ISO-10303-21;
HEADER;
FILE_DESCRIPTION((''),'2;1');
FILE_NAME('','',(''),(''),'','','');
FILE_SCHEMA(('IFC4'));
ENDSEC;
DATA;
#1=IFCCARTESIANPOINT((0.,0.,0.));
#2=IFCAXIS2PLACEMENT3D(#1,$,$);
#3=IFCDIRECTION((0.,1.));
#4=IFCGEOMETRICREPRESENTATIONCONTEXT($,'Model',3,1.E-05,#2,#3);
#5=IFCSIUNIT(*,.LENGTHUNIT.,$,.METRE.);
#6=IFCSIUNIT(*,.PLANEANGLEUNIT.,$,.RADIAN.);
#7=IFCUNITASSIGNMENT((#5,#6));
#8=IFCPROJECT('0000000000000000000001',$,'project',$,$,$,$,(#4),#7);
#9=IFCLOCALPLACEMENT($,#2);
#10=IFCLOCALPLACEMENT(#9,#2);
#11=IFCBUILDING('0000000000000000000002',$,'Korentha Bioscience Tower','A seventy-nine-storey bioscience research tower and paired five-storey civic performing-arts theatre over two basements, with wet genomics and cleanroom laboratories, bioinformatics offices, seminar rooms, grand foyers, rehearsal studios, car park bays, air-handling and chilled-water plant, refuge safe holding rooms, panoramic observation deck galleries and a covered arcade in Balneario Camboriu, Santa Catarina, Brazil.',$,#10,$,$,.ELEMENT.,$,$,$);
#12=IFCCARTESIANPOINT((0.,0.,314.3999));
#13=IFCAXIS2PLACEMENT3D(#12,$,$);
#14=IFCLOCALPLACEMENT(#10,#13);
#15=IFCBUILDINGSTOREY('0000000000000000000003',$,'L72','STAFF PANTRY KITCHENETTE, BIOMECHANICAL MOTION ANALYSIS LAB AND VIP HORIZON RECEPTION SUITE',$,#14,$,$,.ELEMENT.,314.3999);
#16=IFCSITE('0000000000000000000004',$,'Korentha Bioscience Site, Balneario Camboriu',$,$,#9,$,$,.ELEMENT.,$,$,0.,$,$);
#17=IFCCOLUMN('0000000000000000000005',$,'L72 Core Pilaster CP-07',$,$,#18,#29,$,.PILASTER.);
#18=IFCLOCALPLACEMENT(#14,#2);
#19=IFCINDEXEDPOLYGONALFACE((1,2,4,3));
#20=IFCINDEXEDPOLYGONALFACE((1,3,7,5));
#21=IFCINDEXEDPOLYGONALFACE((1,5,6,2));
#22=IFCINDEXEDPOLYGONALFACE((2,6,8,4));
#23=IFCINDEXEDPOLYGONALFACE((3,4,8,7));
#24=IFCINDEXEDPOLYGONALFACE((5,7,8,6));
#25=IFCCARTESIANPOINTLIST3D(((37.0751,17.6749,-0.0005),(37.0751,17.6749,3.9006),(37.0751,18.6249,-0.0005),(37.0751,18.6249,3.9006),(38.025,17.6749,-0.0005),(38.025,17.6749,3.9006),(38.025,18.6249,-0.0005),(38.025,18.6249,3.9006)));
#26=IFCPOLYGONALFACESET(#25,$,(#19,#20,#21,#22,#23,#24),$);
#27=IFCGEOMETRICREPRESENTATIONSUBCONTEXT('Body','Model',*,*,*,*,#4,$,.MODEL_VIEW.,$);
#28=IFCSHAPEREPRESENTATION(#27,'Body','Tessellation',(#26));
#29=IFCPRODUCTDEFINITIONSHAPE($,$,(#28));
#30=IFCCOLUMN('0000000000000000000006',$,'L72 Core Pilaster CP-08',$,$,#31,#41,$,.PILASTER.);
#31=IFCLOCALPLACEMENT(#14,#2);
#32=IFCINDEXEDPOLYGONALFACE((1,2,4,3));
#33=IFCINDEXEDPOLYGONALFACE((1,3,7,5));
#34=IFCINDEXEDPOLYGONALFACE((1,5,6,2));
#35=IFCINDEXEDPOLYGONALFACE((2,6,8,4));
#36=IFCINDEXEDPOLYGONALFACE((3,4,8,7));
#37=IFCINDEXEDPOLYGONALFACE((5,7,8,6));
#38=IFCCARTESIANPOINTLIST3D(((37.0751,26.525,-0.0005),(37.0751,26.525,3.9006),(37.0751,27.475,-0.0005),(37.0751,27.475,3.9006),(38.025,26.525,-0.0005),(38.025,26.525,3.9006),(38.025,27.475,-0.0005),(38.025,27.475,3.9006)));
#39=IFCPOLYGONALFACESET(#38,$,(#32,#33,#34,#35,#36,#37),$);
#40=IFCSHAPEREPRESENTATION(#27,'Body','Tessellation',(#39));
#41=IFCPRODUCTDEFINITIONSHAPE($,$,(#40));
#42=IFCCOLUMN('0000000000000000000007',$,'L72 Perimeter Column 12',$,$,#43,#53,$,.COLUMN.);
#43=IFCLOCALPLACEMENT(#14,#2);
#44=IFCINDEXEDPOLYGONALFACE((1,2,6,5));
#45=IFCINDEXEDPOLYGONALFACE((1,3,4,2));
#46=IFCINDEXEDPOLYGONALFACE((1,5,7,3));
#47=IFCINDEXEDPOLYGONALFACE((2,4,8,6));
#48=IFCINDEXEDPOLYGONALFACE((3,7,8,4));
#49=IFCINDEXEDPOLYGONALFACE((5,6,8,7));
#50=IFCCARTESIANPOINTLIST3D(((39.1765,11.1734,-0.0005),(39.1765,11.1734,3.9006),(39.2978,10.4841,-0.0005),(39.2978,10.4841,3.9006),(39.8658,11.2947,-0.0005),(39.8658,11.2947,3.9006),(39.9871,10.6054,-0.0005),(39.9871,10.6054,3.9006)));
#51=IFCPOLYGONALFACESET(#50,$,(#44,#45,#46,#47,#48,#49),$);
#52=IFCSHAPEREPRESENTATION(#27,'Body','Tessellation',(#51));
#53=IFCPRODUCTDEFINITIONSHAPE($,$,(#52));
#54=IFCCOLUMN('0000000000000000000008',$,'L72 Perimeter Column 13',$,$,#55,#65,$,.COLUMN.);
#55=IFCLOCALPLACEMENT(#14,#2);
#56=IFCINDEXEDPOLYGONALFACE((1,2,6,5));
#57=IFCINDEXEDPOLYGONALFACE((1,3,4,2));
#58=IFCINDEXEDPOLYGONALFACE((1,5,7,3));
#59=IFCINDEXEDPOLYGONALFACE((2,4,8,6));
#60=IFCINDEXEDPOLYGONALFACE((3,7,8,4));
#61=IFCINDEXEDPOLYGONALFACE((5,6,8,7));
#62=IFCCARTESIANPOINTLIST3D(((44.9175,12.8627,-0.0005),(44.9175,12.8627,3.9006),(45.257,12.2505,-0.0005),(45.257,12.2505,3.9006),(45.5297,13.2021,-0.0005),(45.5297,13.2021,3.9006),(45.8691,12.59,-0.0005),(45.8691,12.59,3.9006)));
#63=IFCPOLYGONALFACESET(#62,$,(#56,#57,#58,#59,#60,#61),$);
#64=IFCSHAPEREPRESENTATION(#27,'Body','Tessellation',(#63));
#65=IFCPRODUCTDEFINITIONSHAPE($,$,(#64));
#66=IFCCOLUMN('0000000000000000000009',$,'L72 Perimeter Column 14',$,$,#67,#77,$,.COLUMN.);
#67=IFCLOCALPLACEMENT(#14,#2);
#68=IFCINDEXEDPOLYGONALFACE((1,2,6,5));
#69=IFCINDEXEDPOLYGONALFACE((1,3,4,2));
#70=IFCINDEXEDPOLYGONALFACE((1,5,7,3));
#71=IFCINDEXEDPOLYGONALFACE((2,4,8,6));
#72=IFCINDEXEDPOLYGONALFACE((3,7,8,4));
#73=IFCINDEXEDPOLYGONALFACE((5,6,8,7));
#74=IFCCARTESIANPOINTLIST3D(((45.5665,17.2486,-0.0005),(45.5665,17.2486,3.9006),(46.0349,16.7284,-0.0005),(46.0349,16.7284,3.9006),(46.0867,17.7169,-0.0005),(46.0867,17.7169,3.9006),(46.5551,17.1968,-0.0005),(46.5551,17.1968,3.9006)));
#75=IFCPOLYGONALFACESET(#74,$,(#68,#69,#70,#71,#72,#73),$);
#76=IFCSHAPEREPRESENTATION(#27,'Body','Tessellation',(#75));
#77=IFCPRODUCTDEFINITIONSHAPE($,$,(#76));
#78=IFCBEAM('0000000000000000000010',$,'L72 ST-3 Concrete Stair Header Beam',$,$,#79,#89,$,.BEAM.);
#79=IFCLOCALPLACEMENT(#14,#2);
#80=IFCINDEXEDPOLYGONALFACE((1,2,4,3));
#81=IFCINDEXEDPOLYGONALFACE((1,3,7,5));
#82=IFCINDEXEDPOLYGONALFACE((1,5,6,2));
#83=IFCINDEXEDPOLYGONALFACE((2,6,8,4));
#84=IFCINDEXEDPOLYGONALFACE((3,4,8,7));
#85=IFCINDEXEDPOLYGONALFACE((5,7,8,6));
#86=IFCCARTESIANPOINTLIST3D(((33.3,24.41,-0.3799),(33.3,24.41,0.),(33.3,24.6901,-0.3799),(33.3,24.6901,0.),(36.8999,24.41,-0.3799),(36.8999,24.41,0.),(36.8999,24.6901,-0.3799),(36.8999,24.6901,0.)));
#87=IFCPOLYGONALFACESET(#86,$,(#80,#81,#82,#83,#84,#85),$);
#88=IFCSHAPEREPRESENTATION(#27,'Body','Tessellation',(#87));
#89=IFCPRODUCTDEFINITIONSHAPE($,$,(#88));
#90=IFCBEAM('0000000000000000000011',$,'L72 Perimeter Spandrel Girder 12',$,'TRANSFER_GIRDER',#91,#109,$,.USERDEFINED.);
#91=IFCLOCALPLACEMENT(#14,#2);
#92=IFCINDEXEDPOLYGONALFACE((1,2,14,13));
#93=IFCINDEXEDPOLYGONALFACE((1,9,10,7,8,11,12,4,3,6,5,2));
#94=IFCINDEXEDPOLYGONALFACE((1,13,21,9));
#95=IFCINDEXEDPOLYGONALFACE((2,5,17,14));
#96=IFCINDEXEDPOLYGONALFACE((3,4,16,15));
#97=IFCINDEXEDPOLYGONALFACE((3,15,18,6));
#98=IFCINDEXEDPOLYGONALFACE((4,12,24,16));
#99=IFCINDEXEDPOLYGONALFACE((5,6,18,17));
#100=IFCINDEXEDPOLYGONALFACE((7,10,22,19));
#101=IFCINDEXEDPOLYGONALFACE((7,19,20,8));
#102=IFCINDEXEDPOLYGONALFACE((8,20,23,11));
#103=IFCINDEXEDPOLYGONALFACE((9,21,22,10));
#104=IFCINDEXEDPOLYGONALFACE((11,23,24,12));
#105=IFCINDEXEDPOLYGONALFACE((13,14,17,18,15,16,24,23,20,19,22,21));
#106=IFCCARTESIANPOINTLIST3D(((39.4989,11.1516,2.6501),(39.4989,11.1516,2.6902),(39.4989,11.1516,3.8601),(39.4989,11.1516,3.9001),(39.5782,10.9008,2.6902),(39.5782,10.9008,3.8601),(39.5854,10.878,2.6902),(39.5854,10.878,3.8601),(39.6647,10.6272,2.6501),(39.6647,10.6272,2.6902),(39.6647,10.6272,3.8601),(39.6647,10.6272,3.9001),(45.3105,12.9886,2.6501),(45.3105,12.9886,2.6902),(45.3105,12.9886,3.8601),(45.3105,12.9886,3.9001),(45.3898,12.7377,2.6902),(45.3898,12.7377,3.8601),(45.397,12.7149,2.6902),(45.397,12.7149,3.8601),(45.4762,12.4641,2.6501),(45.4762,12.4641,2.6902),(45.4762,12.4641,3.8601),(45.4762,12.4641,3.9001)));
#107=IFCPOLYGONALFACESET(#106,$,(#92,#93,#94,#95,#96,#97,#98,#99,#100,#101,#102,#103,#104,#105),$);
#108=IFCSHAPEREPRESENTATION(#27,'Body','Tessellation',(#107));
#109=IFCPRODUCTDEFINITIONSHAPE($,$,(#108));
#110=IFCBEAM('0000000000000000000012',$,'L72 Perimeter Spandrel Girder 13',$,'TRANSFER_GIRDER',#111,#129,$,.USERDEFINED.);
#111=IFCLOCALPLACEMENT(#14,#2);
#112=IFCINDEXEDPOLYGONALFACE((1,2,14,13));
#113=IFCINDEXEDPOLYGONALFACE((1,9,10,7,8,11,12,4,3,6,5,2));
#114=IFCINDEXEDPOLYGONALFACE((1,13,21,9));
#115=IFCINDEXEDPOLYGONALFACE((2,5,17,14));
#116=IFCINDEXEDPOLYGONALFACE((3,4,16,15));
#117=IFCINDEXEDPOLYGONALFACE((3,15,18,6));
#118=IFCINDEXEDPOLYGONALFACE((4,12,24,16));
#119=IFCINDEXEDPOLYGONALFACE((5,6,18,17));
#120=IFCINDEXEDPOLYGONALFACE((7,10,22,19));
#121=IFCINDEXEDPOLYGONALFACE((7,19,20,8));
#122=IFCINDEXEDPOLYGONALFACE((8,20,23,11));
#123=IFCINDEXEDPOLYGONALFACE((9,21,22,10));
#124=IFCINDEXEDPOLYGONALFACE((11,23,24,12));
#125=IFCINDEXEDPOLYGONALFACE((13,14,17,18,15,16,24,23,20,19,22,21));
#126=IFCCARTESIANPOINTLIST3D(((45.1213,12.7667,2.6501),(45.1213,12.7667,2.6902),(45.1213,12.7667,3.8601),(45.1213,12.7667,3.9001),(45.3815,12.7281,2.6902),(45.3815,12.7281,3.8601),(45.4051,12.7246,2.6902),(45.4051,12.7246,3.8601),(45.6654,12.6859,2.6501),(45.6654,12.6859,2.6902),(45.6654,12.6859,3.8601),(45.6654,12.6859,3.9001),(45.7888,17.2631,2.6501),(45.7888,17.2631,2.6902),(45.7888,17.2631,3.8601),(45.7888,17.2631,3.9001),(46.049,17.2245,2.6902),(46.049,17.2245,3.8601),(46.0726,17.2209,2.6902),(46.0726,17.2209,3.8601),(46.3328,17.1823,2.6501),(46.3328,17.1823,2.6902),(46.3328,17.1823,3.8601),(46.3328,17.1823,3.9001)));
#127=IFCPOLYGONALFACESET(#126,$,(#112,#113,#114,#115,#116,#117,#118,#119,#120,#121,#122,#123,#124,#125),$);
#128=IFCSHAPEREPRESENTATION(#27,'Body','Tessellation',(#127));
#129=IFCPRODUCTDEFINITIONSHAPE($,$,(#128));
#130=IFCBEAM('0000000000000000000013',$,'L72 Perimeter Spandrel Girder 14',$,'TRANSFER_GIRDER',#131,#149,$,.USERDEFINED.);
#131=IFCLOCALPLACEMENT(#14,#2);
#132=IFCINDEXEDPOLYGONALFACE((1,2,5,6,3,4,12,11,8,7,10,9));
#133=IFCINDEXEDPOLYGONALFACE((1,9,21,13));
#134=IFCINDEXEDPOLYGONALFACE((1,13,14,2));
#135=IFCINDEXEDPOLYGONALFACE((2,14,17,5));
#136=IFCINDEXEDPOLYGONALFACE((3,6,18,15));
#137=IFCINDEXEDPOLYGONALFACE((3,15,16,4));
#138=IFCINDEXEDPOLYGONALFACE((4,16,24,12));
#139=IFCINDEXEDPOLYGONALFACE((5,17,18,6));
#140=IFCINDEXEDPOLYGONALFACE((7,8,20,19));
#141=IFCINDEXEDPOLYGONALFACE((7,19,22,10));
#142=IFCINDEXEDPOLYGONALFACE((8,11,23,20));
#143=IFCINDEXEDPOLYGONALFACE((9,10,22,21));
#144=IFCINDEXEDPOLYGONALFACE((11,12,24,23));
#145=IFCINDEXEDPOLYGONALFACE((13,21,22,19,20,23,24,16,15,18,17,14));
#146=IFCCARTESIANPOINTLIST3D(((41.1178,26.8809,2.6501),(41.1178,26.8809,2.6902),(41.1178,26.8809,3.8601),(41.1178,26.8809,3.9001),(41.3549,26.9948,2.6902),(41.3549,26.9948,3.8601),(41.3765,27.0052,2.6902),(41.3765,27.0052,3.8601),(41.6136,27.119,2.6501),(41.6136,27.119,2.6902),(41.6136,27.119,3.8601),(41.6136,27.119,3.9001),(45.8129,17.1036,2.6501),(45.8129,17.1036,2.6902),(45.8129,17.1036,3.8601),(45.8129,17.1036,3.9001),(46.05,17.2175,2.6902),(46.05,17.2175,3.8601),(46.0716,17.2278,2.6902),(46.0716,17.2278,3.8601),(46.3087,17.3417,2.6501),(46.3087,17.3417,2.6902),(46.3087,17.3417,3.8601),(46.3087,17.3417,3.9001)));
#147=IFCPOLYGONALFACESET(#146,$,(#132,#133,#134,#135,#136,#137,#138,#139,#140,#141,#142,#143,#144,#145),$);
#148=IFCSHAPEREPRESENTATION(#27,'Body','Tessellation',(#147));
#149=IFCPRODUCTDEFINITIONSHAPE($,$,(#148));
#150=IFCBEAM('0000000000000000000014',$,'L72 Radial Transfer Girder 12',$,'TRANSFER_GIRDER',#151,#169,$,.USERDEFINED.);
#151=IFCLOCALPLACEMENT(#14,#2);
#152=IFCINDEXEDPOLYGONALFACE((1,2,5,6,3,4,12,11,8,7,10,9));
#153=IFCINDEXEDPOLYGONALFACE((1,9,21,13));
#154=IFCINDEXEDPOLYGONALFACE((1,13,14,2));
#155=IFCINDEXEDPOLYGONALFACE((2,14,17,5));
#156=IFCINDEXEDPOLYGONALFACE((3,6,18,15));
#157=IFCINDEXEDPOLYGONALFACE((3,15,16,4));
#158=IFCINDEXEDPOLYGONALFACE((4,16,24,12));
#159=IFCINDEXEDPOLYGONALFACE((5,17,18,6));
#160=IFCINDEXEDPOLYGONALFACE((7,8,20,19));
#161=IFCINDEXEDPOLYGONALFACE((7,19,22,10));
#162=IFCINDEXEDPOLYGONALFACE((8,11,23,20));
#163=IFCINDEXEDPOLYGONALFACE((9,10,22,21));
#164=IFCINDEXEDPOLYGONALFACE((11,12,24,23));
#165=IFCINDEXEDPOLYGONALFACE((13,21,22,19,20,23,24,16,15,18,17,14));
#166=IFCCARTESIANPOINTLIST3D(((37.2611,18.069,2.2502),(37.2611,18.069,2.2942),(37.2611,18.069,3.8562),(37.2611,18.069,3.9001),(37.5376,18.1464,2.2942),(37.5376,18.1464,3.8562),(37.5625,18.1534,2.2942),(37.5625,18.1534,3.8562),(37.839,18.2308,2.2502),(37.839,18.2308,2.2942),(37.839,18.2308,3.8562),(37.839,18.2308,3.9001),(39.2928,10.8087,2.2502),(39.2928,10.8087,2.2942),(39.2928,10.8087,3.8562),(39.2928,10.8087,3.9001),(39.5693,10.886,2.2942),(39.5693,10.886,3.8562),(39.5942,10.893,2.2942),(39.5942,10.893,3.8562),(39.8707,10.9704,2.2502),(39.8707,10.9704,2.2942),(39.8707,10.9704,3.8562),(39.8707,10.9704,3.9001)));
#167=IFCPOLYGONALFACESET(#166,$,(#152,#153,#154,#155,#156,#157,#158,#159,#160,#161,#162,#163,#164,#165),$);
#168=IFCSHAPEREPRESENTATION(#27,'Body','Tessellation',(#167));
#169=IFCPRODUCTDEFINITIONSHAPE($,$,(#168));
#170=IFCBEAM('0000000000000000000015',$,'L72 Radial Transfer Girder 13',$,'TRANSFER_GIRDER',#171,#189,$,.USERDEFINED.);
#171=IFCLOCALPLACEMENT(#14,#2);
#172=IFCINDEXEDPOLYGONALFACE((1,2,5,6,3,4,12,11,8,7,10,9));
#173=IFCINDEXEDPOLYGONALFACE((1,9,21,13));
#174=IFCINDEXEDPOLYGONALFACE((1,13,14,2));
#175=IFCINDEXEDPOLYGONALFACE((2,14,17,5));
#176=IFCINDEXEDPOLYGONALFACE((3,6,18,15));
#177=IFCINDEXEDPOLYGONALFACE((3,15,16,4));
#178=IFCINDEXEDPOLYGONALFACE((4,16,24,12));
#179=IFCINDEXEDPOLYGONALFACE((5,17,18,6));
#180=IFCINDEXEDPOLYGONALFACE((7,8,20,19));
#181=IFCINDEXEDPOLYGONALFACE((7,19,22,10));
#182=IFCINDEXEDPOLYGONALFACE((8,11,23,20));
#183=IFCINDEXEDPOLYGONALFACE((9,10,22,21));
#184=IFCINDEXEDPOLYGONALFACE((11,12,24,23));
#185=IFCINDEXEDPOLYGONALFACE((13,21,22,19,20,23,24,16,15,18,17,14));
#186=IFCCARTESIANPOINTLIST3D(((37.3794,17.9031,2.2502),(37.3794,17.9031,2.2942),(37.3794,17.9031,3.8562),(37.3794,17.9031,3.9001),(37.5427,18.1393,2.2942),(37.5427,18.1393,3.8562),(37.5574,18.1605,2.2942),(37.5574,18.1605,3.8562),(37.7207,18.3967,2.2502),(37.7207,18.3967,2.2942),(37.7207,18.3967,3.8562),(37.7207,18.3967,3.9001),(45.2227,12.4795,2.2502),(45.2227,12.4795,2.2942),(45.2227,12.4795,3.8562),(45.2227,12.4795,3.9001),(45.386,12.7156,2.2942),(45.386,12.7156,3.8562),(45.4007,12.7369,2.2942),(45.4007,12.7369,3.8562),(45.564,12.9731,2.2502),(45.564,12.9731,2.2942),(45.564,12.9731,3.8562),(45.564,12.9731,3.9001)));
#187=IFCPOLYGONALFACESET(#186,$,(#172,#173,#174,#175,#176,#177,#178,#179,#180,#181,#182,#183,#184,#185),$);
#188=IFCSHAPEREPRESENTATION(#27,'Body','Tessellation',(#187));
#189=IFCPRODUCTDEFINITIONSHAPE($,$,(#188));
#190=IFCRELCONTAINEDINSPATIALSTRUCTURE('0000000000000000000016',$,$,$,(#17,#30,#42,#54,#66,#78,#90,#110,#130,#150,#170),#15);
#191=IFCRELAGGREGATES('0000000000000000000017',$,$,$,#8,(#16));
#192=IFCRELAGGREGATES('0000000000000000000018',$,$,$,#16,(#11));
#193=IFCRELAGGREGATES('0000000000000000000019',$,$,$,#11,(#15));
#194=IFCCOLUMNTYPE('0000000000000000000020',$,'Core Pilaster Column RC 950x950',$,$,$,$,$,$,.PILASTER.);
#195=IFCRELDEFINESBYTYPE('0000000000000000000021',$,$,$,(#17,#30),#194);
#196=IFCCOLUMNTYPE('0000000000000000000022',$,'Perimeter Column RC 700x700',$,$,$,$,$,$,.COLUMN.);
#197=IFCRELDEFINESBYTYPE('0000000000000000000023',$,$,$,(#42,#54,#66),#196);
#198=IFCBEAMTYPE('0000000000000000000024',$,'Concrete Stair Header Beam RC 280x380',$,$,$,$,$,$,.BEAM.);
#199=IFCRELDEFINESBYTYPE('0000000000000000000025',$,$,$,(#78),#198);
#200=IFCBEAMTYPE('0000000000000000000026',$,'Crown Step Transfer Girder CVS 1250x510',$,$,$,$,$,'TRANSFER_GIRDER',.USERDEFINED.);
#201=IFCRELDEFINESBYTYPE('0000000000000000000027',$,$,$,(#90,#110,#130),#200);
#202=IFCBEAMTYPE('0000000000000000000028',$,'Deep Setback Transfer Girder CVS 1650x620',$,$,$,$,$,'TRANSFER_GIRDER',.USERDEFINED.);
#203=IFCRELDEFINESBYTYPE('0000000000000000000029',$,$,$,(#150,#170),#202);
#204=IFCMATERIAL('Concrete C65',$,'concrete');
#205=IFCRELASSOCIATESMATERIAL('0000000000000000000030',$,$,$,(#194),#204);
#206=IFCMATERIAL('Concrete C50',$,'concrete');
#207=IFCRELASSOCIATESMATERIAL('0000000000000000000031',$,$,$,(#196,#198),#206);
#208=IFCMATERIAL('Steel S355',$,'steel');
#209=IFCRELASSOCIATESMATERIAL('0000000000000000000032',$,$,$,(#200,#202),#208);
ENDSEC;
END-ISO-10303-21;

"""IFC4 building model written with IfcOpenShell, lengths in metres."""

from ifc_helpers import new_model, si_unit, direction, frame, origin, origin_2d, place, context, subcontext, project, spatial, rectangle, i_section, extrude, material, material_profile, profile_set, type_object, element, save


model = new_model("IFC4")

# Units and contexts
model_context = context("Model", 3, precision=1e-05, world=origin(), true_north=direction((0.0, 1.0)))
body_context = subcontext(model_context, "Body", "Model", "MODEL_VIEW")
ifc_project = project(units=[si_unit("LENGTHUNIT", "METRE"), si_unit("PLANEANGLEUNIT", "RADIAN")], contexts=[model_context])

# Site, building, storey
site_placement = place(None, origin())
site = spatial("IfcSite", under=ifc_project, at=site_placement, Name="Korentha Bioscience Site, Balneario Camboriu", CompositionType="ELEMENT", RefElevation=0.0)
building_placement = place(site_placement, origin())
building = spatial("IfcBuilding", under=site, at=building_placement, Name="Korentha Bioscience Tower", Description="A seventy-nine-storey bioscience research tower and paired five-storey civic performing-arts theatre over two basements, with wet genomics and cleanroom laboratories, bioinformatics offices, seminar rooms, grand foyers, rehearsal studios, car park bays, air-handling and chilled-water plant, refuge safe holding rooms, panoramic observation deck galleries and a covered arcade in Balneario Camboriu, Santa Catarina, Brazil.", CompositionType="ELEMENT")
storey_placement = place(building_placement, frame((0.0, 0.0, 314.3999)))
storey = spatial("IfcBuildingStorey", under=building, at=storey_placement, Name="L72", Description="STAFF PANTRY KITCHENETTE, BIOMECHANICAL MOTION ANALYSIS LAB AND VIP HORIZON RECEPTION SUITE", CompositionType="ELEMENT", Elevation=314.3999)

# Columns
ifc_material_1 = material(Name="Concrete C65", Category="concrete")
ifc_material_profile_1 = material_profile(ifc_material_1, rectangle(XDim=0.95, YDim=0.95, at=origin_2d()), Name="Concrete C65")
ifc_profile_set_1 = profile_set([ifc_material_profile_1], Name="Concrete C65 (COL-CP09)")
column_type_1 = type_object("IfcColumnType", Name="Core Pilaster Column RC 950x950", PredefinedType="PILASTER", material=ifc_profile_set_1)
for number, where, z_axis, x_axis, name in (
    (1, (37.55, 18.1499, -0.0005), (0.0, 0.0, 1.0), (1.0, 0.0, 0.0), "L72 Core Pilaster CP-07"),
    (2, (37.55, 27.0, -0.0005), (0.0, 0.0, 1.0), (1.0, 0.0, 0.0), "L72 Core Pilaster CP-08"),
):
    element("IfcColumn", number, at=place(storey_placement, frame(where, z_axis=z_axis, x_axis=x_axis)), inside=storey, type_object=column_type_1, Name=name, PredefinedType="PILASTER", context=body_context, shape_type="SweptSolid", body=[
        extrude(rectangle(XDim=0.95, YDim=0.95, at=origin_2d()), origin(), (0.0, 0.0, 1.0), 3.9011),
    ])
ifc_material_2 = material(Name="Concrete C50", Category="concrete")
ifc_material_profile_2 = material_profile(ifc_material_2, rectangle(XDim=0.7, YDim=0.7, at=origin_2d()), Name="Concrete C50")
ifc_profile_set_2 = profile_set([ifc_material_profile_2], Name="Concrete C50 (COL-P07)")
column_type_2 = type_object("IfcColumnType", Name="Perimeter Column RC 700x700", PredefinedType="COLUMN", material=ifc_profile_set_2)
for number, where, z_axis, x_axis, name in (
    (3, (39.5818, 10.8894, -0.0005), (0.0, 0.0, 1.0), (0.984868, 0.173304, 0.0), "L72 Perimeter Column 12"),
    (4, (45.3933, 12.7263, -0.0005), (0.0, 0.0, 1.0), (0.874535, 0.484962, 0.0), "L72 Perimeter Column 13"),
    (5, (46.0608, 17.2227, -0.0005), (0.0, 0.0, 1.0), (-0.669131, 0.743145, 0.0), "L72 Perimeter Column 14"),
):
    element("IfcColumn", number, at=place(storey_placement, frame(where, z_axis=z_axis, x_axis=x_axis)), inside=storey, type_object=column_type_2, Name=name, PredefinedType="COLUMN", context=body_context, shape_type="SweptSolid", body=[
        extrude(rectangle(XDim=0.7, YDim=0.7, at=origin_2d()), origin(), (0.0, 0.0, 1.0), 3.9011),
    ])

# Beams
ifc_material_profile_3 = material_profile(ifc_material_2, rectangle(XDim=0.28, YDim=0.3799, at=origin_2d()), Name="Concrete C50")
ifc_profile_set_3 = profile_set([ifc_material_profile_3], Name="Concrete C50 (ST-HB380)")
beam_type_1 = type_object("IfcBeamType", Name="Concrete Stair Header Beam RC 280x380", PredefinedType="BEAM", material=ifc_profile_set_3)
beam_1_placement = place(storey_placement, frame((36.8999, 24.55, -0.1899), z_axis=(-1.0, 0.0, 0.0), x_axis=(0.0, -1.0, 0.0)))
element("IfcBeam", 6, at=beam_1_placement, inside=storey, type_object=beam_type_1, Name="L72 ST-3 Concrete Stair Header Beam", PredefinedType="BEAM", context=body_context, shape_type="SweptSolid", body=[
    extrude(rectangle(XDim=0.28, YDim=0.3799, at=origin_2d()), origin(), (0.0, 0.0, 1.0), 3.5999),
])
ifc_material_3 = material(Name="Steel S355", Category="steel")
ifc_material_profile_4 = material_profile(ifc_material_3, i_section(OverallWidth=0.55, OverallDepth=1.25, WebThickness=0.0239, FlangeThickness=0.04, at=origin_2d()), Name="Steel S355")
ifc_profile_set_4 = profile_set([ifc_material_profile_4], Name="Steel S355 (TG-03)")
beam_type_2 = type_object("IfcBeamType", Name="Crown Step Transfer Girder CVS 1250x510", ElementType="TRANSFER_GIRDER", PredefinedType="USERDEFINED", material=ifc_profile_set_4)
beam_2_placement = place(storey_placement, frame((39.5818, 10.8894, 3.2751), z_axis=(0.953503, 0.301384, 0.0), x_axis=(-0.301384, 0.953503, 0.0)))
element("IfcBeam", 7, at=beam_2_placement, inside=storey, type_object=beam_type_2, Name="L72 Perimeter Spandrel Girder 12", ObjectType="TRANSFER_GIRDER", PredefinedType="USERDEFINED", context=body_context, shape_type="SweptSolid", body=[
    extrude(i_section(OverallWidth=0.55, OverallDepth=1.25, WebThickness=0.0239, FlangeThickness=0.04, at=origin_2d()), origin(), (0.0, 0.0, 1.0), 6.095),
])
beam_3_placement = place(storey_placement, frame((45.3933, 12.7263, 3.2751), z_axis=(0.146841, 0.98916, 0.0), x_axis=(-0.98916, 0.146841, 0.0)))
element("IfcBeam", 8, at=beam_3_placement, inside=storey, type_object=beam_type_2, Name="L72 Perimeter Spandrel Girder 13", ObjectType="TRANSFER_GIRDER", PredefinedType="USERDEFINED", context=body_context, shape_type="SweptSolid", body=[
    extrude(i_section(OverallWidth=0.55, OverallDepth=1.25, WebThickness=0.0239, FlangeThickness=0.04, at=origin_2d()), origin(), (0.0, 0.0, 1.0), 4.5457),
])
beam_4_placement = place(storey_placement, frame((46.0608, 17.2227, 3.2751), z_axis=(-0.432877, 0.901453, 0.0), x_axis=(-0.901453, -0.432877, 0.0)))
element("IfcBeam", 9, at=beam_4_placement, inside=storey, type_object=beam_type_2, Name="L72 Perimeter Spandrel Girder 14", ObjectType="TRANSFER_GIRDER", PredefinedType="USERDEFINED", context=body_context, shape_type="SweptSolid", body=[
    extrude(i_section(OverallWidth=0.55, OverallDepth=1.25, WebThickness=0.0239, FlangeThickness=0.04, at=origin_2d()), origin(), (0.0, 0.0, 1.0), 10.8462),
])
ifc_material_profile_5 = material_profile(ifc_material_3, i_section(OverallWidth=0.6001, OverallDepth=1.6499, WebThickness=0.0259, FlangeThickness=0.0439, at=origin_2d()), Name="Steel S355")
ifc_profile_set_5 = profile_set([ifc_material_profile_5], Name="Steel S355 (TG-04)")
beam_type_3 = type_object("IfcBeamType", Name="Deep Setback Transfer Girder CVS 1650x620", ElementType="TRANSFER_GIRDER", PredefinedType="USERDEFINED", material=ifc_profile_set_5)
beam_5_placement = place(storey_placement, frame((37.55, 18.1499, 3.0752), z_axis=(0.269482, -0.963005, 0.0), x_axis=(0.963005, 0.269482, 0.0)))
element("IfcBeam", 10, at=beam_5_placement, inside=storey, type_object=beam_type_3, Name="L72 Radial Transfer Girder 12", ObjectType="TRANSFER_GIRDER", PredefinedType="USERDEFINED", context=body_context, shape_type="SweptSolid", body=[
    extrude(i_section(OverallWidth=0.6001, OverallDepth=1.6499, WebThickness=0.0259, FlangeThickness=0.0439, at=origin_2d()), origin(), (0.0, 0.0, 1.0), 7.5393),
])
beam_6_placement = place(storey_placement, frame((37.55, 18.1499, 3.0752), z_axis=(0.822505, -0.568759, 0.0), x_axis=(0.568759, 0.822505, 0.0)))
element("IfcBeam", 11, at=beam_6_placement, inside=storey, type_object=beam_type_3, Name="L72 Radial Transfer Girder 13", ObjectType="TRANSFER_GIRDER", PredefinedType="USERDEFINED", context=body_context, shape_type="SweptSolid", body=[
    extrude(i_section(OverallWidth=0.6001, OverallDepth=1.6499, WebThickness=0.0259, FlangeThickness=0.0439, at=origin_2d()), origin(), (0.0, 0.0, 1.0), 9.5359),
])

save(model, "model.ifc")
